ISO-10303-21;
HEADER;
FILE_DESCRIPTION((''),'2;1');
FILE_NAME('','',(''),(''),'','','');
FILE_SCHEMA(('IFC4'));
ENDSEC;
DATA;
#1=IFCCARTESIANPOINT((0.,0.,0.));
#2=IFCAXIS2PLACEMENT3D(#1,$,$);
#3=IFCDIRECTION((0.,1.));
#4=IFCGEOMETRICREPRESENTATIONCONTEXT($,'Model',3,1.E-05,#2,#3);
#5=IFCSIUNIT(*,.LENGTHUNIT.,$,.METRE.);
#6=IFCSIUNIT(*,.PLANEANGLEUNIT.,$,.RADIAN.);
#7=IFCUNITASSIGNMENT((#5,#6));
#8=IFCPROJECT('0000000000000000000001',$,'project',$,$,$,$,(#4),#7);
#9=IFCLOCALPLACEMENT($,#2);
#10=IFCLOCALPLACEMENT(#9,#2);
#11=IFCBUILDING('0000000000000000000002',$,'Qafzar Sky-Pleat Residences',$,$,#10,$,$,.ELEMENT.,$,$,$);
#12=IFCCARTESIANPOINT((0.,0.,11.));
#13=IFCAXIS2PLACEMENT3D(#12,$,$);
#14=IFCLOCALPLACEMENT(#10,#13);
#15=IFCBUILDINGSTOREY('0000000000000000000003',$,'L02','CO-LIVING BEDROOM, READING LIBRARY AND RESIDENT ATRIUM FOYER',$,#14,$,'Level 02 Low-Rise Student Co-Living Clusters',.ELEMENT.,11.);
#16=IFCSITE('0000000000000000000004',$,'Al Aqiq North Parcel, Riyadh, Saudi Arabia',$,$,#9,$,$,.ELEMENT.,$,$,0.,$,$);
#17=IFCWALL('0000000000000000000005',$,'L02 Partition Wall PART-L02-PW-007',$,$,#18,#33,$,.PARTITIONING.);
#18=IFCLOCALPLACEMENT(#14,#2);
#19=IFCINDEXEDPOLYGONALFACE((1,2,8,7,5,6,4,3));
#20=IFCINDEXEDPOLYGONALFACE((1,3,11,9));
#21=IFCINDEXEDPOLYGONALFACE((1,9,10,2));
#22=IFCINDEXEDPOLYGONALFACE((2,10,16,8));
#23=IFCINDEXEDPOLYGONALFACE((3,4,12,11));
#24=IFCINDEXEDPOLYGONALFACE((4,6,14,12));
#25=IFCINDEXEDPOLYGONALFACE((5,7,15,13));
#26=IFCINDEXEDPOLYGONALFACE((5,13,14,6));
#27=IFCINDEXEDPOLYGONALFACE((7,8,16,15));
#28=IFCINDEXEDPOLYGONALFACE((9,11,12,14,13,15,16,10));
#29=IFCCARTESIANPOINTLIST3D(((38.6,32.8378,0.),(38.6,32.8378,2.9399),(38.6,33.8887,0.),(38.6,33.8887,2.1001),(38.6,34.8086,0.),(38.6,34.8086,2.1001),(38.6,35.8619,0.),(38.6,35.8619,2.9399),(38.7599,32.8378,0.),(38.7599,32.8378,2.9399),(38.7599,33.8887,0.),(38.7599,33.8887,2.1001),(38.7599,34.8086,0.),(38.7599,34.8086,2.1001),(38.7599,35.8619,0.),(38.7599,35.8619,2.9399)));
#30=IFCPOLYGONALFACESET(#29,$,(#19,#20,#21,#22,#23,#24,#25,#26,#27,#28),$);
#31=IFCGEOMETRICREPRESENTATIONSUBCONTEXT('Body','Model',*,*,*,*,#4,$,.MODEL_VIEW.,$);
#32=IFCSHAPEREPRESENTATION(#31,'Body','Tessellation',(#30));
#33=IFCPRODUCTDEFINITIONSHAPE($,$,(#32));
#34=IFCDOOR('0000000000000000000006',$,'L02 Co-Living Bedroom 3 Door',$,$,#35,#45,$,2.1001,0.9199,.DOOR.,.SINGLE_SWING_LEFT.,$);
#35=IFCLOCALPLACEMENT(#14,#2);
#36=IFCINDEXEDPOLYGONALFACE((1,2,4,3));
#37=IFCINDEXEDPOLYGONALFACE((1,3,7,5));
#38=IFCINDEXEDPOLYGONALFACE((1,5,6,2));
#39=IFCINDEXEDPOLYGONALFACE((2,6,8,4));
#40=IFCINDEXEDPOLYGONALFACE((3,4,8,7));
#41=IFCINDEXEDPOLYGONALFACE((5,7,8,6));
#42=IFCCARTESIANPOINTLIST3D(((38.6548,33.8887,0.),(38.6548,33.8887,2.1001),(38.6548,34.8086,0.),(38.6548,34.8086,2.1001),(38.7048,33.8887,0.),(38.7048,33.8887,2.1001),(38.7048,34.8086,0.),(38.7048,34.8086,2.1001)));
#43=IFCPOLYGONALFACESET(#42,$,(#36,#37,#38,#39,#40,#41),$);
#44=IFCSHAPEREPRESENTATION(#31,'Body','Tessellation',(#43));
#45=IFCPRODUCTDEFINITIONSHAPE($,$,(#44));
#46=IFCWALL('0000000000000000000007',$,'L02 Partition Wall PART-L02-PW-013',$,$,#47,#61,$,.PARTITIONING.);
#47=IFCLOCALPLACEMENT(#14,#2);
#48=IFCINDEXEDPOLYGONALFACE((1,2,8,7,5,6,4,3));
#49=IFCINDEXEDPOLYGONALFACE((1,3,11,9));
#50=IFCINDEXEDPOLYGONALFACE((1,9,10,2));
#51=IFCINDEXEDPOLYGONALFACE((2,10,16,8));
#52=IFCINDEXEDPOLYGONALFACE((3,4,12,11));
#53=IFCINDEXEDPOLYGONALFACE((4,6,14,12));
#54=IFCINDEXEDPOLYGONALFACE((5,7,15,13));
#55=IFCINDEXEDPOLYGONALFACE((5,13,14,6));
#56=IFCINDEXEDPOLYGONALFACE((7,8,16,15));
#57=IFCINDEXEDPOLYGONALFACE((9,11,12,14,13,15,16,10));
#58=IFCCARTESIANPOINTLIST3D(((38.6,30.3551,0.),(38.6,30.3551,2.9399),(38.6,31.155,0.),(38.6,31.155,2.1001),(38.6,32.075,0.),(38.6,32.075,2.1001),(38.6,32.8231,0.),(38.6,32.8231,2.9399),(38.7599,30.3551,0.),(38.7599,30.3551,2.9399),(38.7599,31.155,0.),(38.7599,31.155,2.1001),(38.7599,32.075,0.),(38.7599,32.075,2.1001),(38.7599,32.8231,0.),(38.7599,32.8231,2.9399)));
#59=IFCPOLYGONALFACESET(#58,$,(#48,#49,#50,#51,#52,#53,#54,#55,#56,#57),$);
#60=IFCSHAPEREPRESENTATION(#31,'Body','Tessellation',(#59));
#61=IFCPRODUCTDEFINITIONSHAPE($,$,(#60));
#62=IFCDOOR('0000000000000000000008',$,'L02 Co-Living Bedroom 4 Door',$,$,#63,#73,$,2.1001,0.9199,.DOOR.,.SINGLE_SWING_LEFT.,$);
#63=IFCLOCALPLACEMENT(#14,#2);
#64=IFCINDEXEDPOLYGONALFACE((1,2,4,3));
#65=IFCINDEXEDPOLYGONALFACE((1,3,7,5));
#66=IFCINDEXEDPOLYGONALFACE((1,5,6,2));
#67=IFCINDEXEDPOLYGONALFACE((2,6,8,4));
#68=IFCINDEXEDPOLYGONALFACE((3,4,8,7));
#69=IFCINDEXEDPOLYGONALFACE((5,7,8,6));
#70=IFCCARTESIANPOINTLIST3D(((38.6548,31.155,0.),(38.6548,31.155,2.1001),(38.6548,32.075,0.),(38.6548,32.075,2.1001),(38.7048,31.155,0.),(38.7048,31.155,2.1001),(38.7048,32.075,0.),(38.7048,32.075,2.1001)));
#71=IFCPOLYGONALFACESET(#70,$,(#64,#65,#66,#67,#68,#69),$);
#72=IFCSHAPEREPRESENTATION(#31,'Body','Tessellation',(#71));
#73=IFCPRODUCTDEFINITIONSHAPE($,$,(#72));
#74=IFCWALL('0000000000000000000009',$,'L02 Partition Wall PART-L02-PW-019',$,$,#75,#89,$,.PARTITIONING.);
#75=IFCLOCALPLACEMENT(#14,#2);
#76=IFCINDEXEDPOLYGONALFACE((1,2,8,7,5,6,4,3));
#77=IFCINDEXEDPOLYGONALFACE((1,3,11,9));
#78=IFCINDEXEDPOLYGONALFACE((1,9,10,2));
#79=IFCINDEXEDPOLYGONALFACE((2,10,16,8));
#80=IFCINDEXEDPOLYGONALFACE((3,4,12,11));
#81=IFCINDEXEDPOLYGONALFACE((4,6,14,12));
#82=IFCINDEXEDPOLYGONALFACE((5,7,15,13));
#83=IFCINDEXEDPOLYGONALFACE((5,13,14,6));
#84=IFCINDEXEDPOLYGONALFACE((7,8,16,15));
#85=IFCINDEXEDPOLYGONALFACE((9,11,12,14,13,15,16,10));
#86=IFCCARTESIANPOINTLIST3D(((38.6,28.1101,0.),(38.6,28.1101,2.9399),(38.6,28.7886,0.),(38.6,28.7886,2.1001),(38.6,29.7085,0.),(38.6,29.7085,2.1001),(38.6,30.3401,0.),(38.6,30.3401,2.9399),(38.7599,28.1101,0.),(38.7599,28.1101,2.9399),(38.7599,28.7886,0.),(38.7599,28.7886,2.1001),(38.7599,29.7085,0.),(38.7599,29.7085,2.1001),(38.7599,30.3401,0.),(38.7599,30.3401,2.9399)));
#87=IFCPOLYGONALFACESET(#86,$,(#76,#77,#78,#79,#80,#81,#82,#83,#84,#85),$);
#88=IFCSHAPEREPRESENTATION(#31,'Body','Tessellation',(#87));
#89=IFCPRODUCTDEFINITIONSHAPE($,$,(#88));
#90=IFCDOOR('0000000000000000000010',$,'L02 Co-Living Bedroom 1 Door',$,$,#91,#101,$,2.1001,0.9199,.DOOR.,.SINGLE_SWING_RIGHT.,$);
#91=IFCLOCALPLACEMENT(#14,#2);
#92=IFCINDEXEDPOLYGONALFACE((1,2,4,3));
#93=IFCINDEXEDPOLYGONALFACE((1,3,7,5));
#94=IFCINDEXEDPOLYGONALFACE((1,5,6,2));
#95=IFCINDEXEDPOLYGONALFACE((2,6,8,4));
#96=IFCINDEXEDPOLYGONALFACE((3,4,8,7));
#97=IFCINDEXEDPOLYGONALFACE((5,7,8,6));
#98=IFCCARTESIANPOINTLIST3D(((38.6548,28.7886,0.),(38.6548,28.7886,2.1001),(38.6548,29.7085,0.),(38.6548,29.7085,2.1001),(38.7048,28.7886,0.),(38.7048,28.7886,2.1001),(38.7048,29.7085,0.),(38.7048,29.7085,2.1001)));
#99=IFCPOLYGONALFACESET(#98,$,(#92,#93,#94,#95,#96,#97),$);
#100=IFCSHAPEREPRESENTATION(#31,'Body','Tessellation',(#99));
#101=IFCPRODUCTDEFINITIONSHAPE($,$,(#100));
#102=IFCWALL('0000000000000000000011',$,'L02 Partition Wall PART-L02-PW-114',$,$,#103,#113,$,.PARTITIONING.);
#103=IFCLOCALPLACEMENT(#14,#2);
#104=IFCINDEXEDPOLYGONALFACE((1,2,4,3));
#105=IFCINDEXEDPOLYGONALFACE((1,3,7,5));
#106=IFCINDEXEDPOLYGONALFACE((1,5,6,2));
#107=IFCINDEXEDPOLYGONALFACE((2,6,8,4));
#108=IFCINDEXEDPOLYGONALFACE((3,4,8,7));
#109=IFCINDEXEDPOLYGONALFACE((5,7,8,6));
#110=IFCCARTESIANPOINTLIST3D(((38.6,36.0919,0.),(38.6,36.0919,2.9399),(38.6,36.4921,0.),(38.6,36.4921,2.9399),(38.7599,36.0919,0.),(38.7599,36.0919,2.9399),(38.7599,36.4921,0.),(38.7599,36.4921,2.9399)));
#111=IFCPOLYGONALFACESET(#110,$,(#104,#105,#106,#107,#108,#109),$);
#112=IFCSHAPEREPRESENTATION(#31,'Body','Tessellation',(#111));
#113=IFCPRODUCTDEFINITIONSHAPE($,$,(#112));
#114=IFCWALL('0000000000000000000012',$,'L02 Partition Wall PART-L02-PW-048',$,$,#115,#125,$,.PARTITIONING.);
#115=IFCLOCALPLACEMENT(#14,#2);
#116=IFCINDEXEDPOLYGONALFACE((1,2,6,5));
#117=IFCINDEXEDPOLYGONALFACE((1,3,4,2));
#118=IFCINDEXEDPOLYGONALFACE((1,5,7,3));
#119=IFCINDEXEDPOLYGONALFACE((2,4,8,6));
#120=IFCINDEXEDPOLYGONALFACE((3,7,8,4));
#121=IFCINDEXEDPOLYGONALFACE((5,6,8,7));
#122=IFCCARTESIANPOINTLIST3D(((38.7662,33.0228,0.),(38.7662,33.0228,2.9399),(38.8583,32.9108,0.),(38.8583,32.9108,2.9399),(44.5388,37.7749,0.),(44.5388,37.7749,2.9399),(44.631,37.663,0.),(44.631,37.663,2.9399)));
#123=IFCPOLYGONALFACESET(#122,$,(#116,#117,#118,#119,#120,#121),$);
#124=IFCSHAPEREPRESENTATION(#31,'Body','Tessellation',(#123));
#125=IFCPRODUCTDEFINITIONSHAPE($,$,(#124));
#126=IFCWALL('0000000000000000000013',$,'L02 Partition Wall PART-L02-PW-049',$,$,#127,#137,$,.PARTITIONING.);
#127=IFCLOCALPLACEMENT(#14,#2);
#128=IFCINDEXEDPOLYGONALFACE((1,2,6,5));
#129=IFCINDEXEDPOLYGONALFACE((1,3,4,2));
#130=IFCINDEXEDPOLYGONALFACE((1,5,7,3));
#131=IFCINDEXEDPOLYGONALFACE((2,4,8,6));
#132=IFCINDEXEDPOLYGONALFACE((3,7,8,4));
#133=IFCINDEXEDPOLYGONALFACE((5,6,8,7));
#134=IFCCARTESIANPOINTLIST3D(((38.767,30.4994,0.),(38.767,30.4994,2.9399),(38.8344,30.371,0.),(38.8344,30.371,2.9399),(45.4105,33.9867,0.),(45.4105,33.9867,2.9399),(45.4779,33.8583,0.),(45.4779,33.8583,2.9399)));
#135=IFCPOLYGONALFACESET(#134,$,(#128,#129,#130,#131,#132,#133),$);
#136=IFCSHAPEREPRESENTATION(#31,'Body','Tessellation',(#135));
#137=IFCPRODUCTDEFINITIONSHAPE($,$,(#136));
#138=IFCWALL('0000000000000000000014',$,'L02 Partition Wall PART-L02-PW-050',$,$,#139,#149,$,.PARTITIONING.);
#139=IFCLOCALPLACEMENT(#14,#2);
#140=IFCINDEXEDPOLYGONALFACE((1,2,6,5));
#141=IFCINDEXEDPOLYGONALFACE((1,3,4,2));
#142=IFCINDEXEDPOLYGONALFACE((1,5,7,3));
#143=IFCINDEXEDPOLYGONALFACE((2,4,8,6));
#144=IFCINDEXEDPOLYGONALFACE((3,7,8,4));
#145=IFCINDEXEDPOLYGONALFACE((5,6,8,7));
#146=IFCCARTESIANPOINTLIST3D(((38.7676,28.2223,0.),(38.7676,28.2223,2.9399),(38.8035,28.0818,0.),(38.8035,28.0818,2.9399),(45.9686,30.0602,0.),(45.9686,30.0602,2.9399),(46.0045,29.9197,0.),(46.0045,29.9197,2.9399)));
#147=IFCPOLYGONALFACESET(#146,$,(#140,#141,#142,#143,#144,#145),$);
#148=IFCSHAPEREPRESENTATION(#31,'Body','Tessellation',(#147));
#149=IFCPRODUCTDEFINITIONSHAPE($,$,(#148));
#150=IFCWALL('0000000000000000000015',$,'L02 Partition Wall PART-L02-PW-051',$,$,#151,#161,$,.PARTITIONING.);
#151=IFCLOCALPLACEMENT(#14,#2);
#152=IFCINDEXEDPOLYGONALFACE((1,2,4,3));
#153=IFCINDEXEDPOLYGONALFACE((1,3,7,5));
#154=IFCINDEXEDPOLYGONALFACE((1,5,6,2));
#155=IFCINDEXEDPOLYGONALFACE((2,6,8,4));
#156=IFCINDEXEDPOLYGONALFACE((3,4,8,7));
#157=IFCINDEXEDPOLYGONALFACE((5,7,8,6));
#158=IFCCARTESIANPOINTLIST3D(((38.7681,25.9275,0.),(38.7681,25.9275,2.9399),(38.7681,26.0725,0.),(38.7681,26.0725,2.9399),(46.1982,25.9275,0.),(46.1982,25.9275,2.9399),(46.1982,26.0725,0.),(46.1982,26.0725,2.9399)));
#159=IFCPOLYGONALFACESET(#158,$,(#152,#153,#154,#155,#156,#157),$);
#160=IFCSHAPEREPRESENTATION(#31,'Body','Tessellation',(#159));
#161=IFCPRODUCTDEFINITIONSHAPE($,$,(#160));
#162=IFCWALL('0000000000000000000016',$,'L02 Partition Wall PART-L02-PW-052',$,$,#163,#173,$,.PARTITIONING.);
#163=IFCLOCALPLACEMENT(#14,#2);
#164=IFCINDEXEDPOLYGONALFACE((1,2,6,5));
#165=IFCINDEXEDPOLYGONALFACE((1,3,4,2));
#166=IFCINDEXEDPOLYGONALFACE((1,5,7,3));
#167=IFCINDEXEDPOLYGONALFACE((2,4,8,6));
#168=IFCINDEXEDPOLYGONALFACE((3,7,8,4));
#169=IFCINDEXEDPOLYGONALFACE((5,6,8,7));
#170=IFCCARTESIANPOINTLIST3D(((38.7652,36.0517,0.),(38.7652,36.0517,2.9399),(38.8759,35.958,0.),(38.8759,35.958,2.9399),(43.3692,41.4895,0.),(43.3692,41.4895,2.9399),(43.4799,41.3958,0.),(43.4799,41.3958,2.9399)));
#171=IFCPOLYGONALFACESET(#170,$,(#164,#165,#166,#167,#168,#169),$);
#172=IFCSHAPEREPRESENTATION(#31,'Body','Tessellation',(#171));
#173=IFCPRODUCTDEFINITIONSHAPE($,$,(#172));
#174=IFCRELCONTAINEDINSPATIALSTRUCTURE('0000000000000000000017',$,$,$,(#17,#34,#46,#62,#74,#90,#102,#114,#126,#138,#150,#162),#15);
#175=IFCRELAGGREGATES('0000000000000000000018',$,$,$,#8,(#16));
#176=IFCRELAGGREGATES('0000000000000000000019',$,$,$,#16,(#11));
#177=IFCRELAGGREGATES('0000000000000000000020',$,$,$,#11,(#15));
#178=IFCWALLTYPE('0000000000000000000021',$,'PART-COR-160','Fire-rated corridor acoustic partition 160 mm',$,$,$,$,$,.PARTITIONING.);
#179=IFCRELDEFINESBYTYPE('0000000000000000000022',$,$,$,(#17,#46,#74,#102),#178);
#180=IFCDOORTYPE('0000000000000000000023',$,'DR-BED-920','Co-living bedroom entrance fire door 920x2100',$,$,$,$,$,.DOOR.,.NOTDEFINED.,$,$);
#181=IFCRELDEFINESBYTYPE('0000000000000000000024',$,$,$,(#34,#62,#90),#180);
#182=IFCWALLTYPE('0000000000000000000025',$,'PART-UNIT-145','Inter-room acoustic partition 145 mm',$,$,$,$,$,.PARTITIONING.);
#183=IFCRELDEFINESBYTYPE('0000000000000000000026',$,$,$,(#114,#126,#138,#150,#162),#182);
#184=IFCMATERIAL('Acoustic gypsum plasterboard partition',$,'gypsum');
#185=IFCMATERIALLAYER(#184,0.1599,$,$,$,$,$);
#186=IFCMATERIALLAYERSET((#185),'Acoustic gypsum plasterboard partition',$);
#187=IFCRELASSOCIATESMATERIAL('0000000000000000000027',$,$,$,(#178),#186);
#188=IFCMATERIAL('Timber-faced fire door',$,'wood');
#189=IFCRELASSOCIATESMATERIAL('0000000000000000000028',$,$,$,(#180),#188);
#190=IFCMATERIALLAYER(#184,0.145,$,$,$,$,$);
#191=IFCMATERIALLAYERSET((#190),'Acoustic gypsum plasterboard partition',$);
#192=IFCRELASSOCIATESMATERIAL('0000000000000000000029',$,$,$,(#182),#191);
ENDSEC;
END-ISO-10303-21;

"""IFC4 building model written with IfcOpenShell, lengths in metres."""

from ifc_helpers import new_model, si_unit, direction, frame, frame_2d, origin, place, context, subcontext, project, spatial, rectangle, extrude, source, transform, mapped, material, layer, layer_set, type_object, element, fill, save


model = new_model("IFC4")

# Units and contexts
model_context = context("Model", 3, precision=1e-05, world=origin(), true_north=direction((0.0, 1.0)))
body_context = subcontext(model_context, "Body", "Model", "MODEL_VIEW")
ifc_project = project(units=[si_unit("LENGTHUNIT", "METRE"), si_unit("PLANEANGLEUNIT", "RADIAN")], contexts=[model_context])

# Site, building, storey
site_placement = place(None, origin())
site = spatial("IfcSite", under=ifc_project, at=site_placement, Name="Al Aqiq North Parcel, Riyadh, Saudi Arabia", CompositionType="ELEMENT", RefElevation=0.0)
building_placement = place(site_placement, origin())
building = spatial("IfcBuilding", under=site, at=building_placement, Name="Qafzar Sky-Pleat Residences", CompositionType="ELEMENT")
storey_placement = place(building_placement, frame((0.0, 0.0, 11.0)))
storey = spatial("IfcBuildingStorey", under=building, at=storey_placement, Name="L02", Description="CO-LIVING BEDROOM, READING LIBRARY AND RESIDENT ATRIUM FOYER", LongName="Level 02 Low-Rise Student Co-Living Clusters", CompositionType="ELEMENT", Elevation=11.0)

# Walls, openings, doors
ifc_material_1 = material(Name="Acoustic gypsum plasterboard partition", Category="gypsum")
ifc_layer_1 = layer(ifc_material_1, 0.1599)
ifc_layer_set_1 = layer_set([ifc_layer_1], Name="Acoustic gypsum plasterboard partition")
wall_type_1 = type_object("IfcWallType", Name="PART-COR-160", Description="Fire-rated corridor acoustic partition 160 mm", PredefinedType="PARTITIONING", material=ifc_layer_set_1)
wall_1_placement = place(storey_placement, frame((38.6799, 35.8621, 0.0), z_axis=(0.0, 0.0, 1.0), x_axis=(0.0, -1.0, 0.0)))
wall_1 = element("IfcWall", 1, at=wall_1_placement, inside=storey, type_object=wall_type_1, Name="L02 Partition Wall PART-L02-PW-007", PredefinedType="PARTITIONING", context=body_context, shape_type="SweptSolid", body=[
    extrude(rectangle(XDim=3.0242, YDim=0.1599, at=frame_2d((1.5122, 0.0))), origin(), (0.0, 0.0, 1.0), 2.9399),
])
opening_1_placement = place(wall_1_placement, frame((1.0535, 0.0, 0.0)))
opening_1 = element("IfcOpeningElement", 2, at=opening_1_placement, cuts=wall_1, PredefinedType="OPENING", context=body_context, shape_type="SweptSolid", body=[
    extrude(rectangle(XDim=0.9199, YDim=2.1001, at=frame_2d((0.46, 1.05))), frame((0.0, 0.0898, 0.0), z_axis=(0.0, -1.0, 0.0), x_axis=(1.0, 0.0, 0.0)), (0.0, 0.0, 1.0), 0.1799),
])
ifc_material_2 = material(Name="Timber-faced fire door", Category="wood")
door_type = type_object("IfcDoorType", Name="DR-BED-920", Description="Co-living bedroom entrance fire door 920x2100", OperationType="NOTDEFINED", PredefinedType="DOOR", material=ifc_material_2)
shared_shape_1 = source(origin(), body_context, "Body", "SweptSolid", [
    extrude(rectangle(XDim=0.9199, YDim=2.1001, at=frame_2d((0.46, 1.05))), frame((0.0, 0.0249, 0.0), z_axis=(0.0, -1.0, 0.0), x_axis=(1.0, 0.0, 0.0)), (0.0, 0.0, 1.0), 0.05),
])
door_1_placement = place(opening_1_placement, origin())
door_1 = element("IfcDoor", 3, at=door_1_placement, inside=storey, type_object=door_type, Name="L02 Co-Living Bedroom 3 Door", OperationType="SINGLE_SWING_LEFT", OverallHeight=2.1001, OverallWidth=0.9199, PredefinedType="DOOR", context=body_context, shape_type="MappedRepresentation", body=[
    mapped(shared_shape_1, transform((0.0, 0.0, 0.0), x_axis=(1.0, 0.0, 0.0), y_axis=(0.0, 1.0, 0.0), z_axis=(0.0, 0.0, 1.0), scale=1.0)),
])
fill(opening_1, door_1)
wall_2_placement = place(storey_placement, frame((38.6799, 32.823, 0.0), z_axis=(0.0, 0.0, 1.0), x_axis=(0.0, -1.0, 0.0)))
wall_2 = element("IfcWall", 4, at=wall_2_placement, inside=storey, type_object=wall_type_1, Name="L02 Partition Wall PART-L02-PW-013", PredefinedType="PARTITIONING", context=body_context, shape_type="SweptSolid", body=[
    extrude(rectangle(XDim=2.468, YDim=0.1599, at=frame_2d((1.2339, 0.0))), origin(), (0.0, 0.0, 1.0), 2.9399),
])
opening_2_placement = place(wall_2_placement, frame((0.748, 0.0, 0.0)))
opening_2 = element("IfcOpeningElement", 5, at=opening_2_placement, cuts=wall_2, PredefinedType="OPENING", context=body_context, shape_type="SweptSolid", body=[
    extrude(rectangle(XDim=0.9199, YDim=2.1001, at=frame_2d((0.46, 1.05))), frame((0.0, 0.0898, 0.0), z_axis=(0.0, -1.0, 0.0), x_axis=(1.0, 0.0, 0.0)), (0.0, 0.0, 1.0), 0.1799),
])
door_2_placement = place(opening_2_placement, origin())
door_2 = element("IfcDoor", 6, at=door_2_placement, inside=storey, type_object=door_type, Name="L02 Co-Living Bedroom 4 Door", OperationType="SINGLE_SWING_LEFT", OverallHeight=2.1001, OverallWidth=0.9199, PredefinedType="DOOR", context=body_context, shape_type="MappedRepresentation", body=[
    mapped(shared_shape_1, transform((0.0, 0.0, 0.0), x_axis=(1.0, 0.0, 0.0), y_axis=(0.0, 1.0, 0.0), z_axis=(0.0, 0.0, 1.0), scale=1.0)),
])
fill(opening_2, door_2)
wall_3_placement = place(storey_placement, frame((38.6799, 30.3401, 0.0), z_axis=(0.0, 0.0, 1.0), x_axis=(0.0, -1.0, 0.0)))
wall_3 = element("IfcWall", 7, at=wall_3_placement, inside=storey, type_object=wall_type_1, Name="L02 Partition Wall PART-L02-PW-019", PredefinedType="PARTITIONING", context=body_context, shape_type="SweptSolid", body=[
    extrude(rectangle(XDim=2.23, YDim=0.1599, at=frame_2d((1.115, 0.0))), origin(), (0.0, 0.0, 1.0), 2.9399),
])
opening_3_placement = place(wall_3_placement, frame((0.6316, 0.0, 0.0)))
opening_3 = element("IfcOpeningElement", 8, at=opening_3_placement, cuts=wall_3, PredefinedType="OPENING", context=body_context, shape_type="SweptSolid", body=[
    extrude(rectangle(XDim=0.9199, YDim=2.1001, at=frame_2d((0.46, 1.05))), frame((0.0, 0.0898, 0.0), z_axis=(0.0, -1.0, 0.0), x_axis=(1.0, 0.0, 0.0)), (0.0, 0.0, 1.0), 0.1799),
])
door_3_placement = place(opening_3_placement, origin())
door_3 = element("IfcDoor", 9, at=door_3_placement, inside=storey, type_object=door_type, Name="L02 Co-Living Bedroom 1 Door", OperationType="SINGLE_SWING_RIGHT", OverallHeight=2.1001, OverallWidth=0.9199, PredefinedType="DOOR", context=body_context, shape_type="MappedRepresentation", body=[
    mapped(shared_shape_1, transform((0.0, 0.0, 0.0), x_axis=(1.0, 0.0, 0.0), y_axis=(0.0, 1.0, 0.0), z_axis=(0.0, 0.0, 1.0), scale=1.0)),
])
fill(opening_3, door_3)

# Walls
wall_4_placement = place(storey_placement, frame((38.6799, 36.0918, 0.0), z_axis=(0.0, 0.0, 1.0), x_axis=(0.0, 1.0, 0.0)))
element("IfcWall", 10, at=wall_4_placement, inside=storey, type_object=wall_type_1, Name="L02 Partition Wall PART-L02-PW-114", PredefinedType="PARTITIONING", context=body_context, shape_type="SweptSolid", body=[
    extrude(rectangle(XDim=0.4001, YDim=0.1599, at=frame_2d((0.2002, 0.0))), origin(), (0.0, 0.0, 1.0), 2.9399),
])
ifc_layer_2 = layer(ifc_material_1, 0.145)
ifc_layer_set_2 = layer_set([ifc_layer_2], Name="Acoustic gypsum plasterboard partition")
wall_type_2 = type_object("IfcWallType", Name="PART-UNIT-145", Description="Inter-room acoustic partition 145 mm", PredefinedType="PARTITIONING", material=ifc_layer_set_2)
wall_5_placement = place(storey_placement, frame((38.8123, 32.9668, 0.0), z_axis=(0.0, 0.0, 1.0), x_axis=(0.772048, 0.635564, 0.0)))
element("IfcWall", 11, at=wall_5_placement, inside=storey, type_object=wall_type_2, Name="L02 Partition Wall PART-L02-PW-048", PredefinedType="PARTITIONING", context=body_context, shape_type="SweptSolid", body=[
    extrude(rectangle(XDim=7.4771, YDim=0.145, at=frame_2d((3.7385, 0.0))), origin(), (0.0, 0.0, 1.0), 2.9399),
])
wall_6_placement = place(storey_placement, frame((38.8008, 30.4353, 0.0), z_axis=(0.0, 0.0, 1.0), x_axis=(0.885429, 0.464775, 0.0)))
element("IfcWall", 12, at=wall_6_placement, inside=storey, type_object=wall_type_2, Name="L02 Partition Wall PART-L02-PW-049", PredefinedType="PARTITIONING", context=body_context, shape_type="SweptSolid", body=[
    extrude(rectangle(XDim=7.5032, YDim=0.145, at=frame_2d((3.7515, 0.0))), origin(), (0.0, 0.0, 1.0), 2.9399),
])
wall_7_placement = place(storey_placement, frame((38.7856, 28.1521, 0.0), z_axis=(0.0, 0.0, 1.0), x_axis=(0.96894, 0.247294, 0.0)))
element("IfcWall", 13, at=wall_7_placement, inside=storey, type_object=wall_type_2, Name="L02 Partition Wall PART-L02-PW-050", PredefinedType="PARTITIONING", context=body_context, shape_type="SweptSolid", body=[
    extrude(rectangle(XDim=7.4319, YDim=0.145, at=frame_2d((3.7158, 0.0))), origin(), (0.0, 0.0, 1.0), 2.9399),
])
wall_8_placement = place(storey_placement, frame((38.7681, 26.0, 0.0), z_axis=(0.0, 0.0, 1.0), x_axis=(1.0, 0.0, 0.0)))
element("IfcWall", 14, at=wall_8_placement, inside=storey, type_object=wall_type_2, Name="L02 Partition Wall PART-L02-PW-051", PredefinedType="PARTITIONING", context=body_context, shape_type="SweptSolid", body=[
    extrude(rectangle(XDim=7.4302, YDim=0.145, at=frame_2d((3.7151, 0.0))), origin(), (0.0, 0.0, 1.0), 2.9399),
])
wall_9_placement = place(storey_placement, frame((38.8206, 36.0049, 0.0), z_axis=(0.0, 0.0, 1.0), x_axis=(0.646174, 0.76319, 0.0)))
element("IfcWall", 15, at=wall_9_placement, inside=storey, type_object=wall_type_2, Name="L02 Partition Wall PART-L02-PW-052", PredefinedType="PARTITIONING", context=body_context, shape_type="SweptSolid", body=[
    extrude(rectangle(XDim=7.125, YDim=0.145, at=frame_2d((3.5625, 0.0))), origin(), (0.0, 0.0, 1.0), 2.9399),
])

save(model, "model.ifc")
